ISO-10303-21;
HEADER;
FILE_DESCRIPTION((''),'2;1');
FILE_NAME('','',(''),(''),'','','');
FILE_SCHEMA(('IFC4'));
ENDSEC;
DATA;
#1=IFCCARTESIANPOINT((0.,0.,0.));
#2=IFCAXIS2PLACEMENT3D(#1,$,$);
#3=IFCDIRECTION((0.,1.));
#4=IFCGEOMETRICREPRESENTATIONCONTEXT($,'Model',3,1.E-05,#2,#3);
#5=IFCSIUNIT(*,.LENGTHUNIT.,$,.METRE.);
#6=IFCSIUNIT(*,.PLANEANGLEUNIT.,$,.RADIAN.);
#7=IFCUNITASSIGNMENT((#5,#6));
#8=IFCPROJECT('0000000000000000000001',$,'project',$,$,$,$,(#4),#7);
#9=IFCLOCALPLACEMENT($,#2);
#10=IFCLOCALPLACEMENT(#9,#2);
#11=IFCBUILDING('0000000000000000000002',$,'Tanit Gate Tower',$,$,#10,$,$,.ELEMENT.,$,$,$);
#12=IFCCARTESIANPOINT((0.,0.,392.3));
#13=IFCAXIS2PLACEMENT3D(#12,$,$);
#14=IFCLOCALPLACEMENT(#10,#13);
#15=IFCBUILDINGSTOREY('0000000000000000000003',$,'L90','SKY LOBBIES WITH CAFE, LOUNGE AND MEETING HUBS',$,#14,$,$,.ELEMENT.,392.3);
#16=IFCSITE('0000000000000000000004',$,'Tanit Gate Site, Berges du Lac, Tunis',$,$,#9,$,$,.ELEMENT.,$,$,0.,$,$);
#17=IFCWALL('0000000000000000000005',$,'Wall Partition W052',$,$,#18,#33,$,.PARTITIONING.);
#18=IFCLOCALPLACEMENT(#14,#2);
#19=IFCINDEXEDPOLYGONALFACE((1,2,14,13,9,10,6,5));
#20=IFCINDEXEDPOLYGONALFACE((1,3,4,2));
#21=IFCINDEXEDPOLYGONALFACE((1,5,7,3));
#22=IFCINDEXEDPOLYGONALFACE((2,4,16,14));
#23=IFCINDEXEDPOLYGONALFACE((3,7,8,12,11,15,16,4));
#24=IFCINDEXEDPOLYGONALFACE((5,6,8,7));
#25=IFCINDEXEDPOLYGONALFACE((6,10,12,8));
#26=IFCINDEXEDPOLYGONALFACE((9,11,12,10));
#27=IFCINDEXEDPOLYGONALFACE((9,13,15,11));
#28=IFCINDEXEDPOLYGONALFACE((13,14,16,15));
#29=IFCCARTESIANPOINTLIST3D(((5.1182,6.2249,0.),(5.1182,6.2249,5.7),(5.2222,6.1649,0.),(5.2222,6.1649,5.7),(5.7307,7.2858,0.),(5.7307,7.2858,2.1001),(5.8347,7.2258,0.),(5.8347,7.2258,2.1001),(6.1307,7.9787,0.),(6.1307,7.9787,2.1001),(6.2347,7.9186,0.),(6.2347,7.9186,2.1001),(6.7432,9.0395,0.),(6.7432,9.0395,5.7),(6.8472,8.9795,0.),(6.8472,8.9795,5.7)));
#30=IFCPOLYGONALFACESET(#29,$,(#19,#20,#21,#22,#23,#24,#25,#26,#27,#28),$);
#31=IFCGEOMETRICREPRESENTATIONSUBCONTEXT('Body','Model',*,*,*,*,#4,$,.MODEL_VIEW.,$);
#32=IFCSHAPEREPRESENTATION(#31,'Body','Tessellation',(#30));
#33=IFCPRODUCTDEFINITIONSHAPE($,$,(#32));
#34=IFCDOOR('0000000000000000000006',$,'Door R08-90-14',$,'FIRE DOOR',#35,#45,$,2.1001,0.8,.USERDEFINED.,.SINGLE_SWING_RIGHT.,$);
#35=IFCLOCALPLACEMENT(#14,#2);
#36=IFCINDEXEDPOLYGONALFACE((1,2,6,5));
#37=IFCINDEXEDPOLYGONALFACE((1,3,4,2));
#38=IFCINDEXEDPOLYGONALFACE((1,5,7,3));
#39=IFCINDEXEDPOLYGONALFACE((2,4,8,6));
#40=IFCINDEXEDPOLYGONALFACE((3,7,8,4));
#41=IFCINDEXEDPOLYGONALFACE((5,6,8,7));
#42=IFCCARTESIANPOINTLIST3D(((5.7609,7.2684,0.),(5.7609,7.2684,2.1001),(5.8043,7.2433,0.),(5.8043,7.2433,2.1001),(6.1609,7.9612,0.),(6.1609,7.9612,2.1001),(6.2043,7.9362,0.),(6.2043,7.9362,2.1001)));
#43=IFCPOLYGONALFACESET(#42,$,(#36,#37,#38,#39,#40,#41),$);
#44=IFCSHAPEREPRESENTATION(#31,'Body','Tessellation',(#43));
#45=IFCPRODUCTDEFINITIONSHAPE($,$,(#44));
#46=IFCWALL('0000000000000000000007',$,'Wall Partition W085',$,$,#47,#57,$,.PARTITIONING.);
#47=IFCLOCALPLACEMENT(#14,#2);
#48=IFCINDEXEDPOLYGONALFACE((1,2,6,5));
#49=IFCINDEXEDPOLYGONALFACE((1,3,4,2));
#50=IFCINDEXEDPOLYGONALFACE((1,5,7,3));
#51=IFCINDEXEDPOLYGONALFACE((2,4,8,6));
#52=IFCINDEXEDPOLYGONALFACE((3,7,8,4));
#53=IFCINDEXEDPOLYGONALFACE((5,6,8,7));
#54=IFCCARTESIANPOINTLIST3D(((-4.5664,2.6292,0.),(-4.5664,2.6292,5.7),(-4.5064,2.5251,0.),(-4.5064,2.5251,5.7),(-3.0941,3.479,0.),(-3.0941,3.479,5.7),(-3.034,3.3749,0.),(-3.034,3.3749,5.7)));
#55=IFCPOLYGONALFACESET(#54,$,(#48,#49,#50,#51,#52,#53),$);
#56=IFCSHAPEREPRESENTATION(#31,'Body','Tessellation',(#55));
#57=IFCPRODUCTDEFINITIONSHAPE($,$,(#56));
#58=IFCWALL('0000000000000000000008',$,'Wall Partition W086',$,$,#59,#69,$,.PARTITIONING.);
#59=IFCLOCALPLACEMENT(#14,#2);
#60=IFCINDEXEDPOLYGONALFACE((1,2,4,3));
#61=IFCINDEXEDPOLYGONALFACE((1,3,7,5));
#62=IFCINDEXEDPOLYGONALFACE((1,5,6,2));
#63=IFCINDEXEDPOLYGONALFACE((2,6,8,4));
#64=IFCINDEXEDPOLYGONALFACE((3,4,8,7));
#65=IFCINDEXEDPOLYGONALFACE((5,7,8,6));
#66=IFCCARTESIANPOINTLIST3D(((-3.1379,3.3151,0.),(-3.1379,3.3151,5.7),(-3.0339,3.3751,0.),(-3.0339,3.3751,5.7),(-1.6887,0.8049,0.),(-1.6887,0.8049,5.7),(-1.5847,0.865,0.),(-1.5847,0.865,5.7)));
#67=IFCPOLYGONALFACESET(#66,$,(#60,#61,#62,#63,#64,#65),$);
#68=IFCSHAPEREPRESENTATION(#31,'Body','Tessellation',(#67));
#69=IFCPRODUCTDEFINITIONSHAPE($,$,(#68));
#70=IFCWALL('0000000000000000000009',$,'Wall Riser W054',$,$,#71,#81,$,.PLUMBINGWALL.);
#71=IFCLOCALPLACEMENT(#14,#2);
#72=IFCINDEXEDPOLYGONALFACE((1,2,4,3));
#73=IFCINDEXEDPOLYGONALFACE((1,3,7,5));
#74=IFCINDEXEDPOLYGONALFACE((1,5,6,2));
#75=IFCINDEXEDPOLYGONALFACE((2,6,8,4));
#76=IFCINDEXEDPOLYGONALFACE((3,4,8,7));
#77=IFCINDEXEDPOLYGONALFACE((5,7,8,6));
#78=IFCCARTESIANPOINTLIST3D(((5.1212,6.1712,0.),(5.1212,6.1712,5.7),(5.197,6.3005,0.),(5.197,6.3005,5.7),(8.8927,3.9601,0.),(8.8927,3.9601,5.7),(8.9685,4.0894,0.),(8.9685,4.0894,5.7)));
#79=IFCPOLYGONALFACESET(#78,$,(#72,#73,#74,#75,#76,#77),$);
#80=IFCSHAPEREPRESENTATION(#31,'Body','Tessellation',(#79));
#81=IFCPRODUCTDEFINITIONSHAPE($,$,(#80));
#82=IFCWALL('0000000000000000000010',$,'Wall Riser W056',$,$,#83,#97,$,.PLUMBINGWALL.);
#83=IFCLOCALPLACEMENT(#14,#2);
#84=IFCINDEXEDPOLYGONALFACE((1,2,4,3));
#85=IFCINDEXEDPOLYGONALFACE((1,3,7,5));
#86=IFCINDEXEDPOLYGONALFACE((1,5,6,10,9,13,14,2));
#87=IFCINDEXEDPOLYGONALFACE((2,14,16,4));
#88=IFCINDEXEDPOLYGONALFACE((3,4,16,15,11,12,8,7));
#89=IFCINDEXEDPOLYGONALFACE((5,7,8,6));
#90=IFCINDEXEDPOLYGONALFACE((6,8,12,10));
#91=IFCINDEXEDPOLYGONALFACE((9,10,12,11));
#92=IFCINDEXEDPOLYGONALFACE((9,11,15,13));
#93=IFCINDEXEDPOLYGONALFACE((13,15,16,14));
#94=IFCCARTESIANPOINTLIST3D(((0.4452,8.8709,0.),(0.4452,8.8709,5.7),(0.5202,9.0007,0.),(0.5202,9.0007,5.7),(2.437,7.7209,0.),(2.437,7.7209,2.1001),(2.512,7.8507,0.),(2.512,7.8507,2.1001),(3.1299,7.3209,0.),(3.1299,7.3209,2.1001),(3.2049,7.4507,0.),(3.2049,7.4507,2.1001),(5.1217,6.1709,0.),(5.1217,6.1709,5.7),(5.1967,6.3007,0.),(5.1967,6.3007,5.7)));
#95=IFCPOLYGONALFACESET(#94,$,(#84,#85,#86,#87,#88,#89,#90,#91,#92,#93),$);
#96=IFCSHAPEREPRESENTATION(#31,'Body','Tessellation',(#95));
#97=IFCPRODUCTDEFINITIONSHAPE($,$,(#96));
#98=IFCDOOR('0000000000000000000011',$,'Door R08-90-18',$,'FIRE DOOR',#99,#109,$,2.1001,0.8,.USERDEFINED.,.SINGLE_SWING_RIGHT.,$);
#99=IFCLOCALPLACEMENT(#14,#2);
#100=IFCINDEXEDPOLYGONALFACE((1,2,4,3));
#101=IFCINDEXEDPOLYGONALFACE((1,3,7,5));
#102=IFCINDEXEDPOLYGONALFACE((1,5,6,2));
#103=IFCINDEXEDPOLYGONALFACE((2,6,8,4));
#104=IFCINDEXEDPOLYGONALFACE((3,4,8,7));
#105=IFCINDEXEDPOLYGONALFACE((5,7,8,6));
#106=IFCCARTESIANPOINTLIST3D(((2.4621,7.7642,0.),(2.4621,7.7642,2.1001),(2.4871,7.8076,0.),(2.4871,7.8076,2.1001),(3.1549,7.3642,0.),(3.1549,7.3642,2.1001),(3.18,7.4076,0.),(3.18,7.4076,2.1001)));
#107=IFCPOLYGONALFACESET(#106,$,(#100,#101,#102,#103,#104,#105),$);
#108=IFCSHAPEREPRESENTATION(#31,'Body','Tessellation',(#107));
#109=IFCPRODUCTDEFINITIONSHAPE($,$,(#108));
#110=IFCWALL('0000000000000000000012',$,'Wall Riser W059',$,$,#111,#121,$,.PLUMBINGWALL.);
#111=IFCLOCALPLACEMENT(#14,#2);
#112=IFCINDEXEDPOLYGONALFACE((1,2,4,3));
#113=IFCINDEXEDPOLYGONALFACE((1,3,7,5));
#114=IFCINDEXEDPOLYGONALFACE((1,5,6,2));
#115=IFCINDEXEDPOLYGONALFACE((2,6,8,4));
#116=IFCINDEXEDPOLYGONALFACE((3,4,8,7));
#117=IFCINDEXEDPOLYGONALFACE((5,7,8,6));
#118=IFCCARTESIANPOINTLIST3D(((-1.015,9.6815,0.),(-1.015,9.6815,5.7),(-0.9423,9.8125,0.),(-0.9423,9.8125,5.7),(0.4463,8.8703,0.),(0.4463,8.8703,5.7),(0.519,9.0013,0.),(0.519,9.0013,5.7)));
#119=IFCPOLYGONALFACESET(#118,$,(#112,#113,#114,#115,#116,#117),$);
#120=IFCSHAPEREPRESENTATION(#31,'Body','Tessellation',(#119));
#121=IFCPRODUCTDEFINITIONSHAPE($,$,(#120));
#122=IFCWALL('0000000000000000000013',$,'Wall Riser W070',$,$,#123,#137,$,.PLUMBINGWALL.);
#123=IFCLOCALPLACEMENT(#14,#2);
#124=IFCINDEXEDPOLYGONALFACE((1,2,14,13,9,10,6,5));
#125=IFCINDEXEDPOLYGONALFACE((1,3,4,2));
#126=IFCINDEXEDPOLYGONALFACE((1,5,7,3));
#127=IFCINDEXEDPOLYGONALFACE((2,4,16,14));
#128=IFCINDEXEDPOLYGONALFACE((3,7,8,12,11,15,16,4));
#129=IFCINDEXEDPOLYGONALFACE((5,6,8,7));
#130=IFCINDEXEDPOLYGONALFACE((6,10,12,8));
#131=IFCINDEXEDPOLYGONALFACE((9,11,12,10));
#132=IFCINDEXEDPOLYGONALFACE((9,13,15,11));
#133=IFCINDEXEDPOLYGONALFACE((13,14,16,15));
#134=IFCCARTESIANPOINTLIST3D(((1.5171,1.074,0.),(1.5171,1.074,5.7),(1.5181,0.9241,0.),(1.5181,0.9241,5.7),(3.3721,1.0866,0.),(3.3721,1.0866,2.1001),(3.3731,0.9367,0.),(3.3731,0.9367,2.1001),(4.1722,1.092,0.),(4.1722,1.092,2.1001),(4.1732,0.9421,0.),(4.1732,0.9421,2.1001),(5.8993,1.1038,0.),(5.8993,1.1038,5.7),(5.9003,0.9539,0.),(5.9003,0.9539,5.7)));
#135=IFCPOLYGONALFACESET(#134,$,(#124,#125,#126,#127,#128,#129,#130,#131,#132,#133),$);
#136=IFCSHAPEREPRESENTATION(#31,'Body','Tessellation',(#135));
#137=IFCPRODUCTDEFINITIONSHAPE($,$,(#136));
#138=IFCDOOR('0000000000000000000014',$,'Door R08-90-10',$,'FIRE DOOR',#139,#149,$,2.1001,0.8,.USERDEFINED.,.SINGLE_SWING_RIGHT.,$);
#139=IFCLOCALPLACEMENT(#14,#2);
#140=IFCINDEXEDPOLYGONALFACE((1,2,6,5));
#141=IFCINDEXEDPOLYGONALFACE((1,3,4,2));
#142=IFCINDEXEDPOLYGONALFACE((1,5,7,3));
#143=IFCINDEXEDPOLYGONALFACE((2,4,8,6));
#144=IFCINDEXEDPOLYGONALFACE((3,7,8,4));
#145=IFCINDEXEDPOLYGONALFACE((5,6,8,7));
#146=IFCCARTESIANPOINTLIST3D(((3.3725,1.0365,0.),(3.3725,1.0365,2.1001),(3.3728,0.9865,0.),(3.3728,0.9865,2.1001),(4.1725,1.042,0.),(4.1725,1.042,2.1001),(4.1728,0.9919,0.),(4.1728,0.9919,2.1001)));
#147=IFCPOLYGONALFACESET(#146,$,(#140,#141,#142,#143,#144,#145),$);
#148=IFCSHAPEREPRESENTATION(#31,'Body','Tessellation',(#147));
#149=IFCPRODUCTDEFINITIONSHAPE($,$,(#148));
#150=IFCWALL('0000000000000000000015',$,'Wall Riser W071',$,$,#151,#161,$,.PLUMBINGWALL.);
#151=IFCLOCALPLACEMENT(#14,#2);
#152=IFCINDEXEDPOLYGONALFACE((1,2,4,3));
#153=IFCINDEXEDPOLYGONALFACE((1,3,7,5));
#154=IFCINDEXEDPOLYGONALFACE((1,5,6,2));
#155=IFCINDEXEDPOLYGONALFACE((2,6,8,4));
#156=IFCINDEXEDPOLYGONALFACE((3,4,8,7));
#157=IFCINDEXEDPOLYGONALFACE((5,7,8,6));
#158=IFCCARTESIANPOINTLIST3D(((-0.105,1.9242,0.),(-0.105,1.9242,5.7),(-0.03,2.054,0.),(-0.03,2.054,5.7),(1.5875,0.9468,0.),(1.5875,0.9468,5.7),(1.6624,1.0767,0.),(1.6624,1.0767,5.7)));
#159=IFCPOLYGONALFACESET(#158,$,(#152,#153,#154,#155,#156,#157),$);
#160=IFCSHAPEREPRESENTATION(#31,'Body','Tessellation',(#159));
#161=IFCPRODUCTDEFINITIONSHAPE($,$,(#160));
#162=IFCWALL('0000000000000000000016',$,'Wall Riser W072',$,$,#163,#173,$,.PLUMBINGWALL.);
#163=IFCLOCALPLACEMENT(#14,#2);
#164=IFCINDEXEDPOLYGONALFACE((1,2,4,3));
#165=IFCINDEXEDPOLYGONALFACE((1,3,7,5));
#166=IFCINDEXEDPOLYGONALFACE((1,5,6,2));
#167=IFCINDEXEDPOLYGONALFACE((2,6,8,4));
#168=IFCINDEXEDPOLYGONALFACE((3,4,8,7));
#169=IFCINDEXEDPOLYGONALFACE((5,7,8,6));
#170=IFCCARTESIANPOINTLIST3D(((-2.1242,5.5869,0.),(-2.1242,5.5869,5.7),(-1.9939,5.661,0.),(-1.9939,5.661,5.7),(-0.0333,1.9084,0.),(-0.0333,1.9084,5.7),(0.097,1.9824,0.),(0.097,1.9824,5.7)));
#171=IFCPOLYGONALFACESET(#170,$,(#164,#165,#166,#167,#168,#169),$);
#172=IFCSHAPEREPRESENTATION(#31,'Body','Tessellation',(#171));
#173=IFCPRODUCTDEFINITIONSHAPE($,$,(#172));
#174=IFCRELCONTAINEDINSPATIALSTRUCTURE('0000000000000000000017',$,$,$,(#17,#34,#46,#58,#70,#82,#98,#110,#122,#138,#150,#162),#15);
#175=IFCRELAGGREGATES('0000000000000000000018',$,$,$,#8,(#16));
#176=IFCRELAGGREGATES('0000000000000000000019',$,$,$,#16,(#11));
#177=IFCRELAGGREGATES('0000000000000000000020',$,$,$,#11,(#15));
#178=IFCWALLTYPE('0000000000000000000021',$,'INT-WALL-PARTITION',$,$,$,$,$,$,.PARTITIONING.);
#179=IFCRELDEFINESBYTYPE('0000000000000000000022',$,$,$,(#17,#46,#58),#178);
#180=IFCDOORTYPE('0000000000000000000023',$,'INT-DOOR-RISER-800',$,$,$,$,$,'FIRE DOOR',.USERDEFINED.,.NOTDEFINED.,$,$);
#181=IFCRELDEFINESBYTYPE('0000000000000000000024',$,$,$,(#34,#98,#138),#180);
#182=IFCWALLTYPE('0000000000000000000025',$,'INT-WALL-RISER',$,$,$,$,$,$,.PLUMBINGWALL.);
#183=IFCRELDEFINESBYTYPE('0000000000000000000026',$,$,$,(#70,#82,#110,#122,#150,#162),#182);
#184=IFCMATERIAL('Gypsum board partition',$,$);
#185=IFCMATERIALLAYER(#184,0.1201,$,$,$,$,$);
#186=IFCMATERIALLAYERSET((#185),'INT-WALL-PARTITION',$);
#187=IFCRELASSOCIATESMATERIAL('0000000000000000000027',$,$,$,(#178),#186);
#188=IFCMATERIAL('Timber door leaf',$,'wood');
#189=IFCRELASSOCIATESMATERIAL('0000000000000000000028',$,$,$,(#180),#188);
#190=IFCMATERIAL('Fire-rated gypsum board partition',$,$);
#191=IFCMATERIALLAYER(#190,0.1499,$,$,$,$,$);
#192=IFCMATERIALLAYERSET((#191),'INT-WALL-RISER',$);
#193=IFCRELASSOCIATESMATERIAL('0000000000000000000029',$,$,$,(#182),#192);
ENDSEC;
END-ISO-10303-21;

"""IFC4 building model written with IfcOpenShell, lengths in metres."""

from ifc_helpers import new_model, si_unit, direction, frame, frame_2d, origin, place, context, subcontext, project, spatial, rectangle, extrude, material, layer, layer_set, type_object, element, fill, save


model = new_model("IFC4")

# Units and contexts
model_context = context("Model", 3, precision=1e-05, world=origin(), true_north=direction((0.0, 1.0)))
body_context = subcontext(model_context, "Body", "Model", "MODEL_VIEW")
ifc_project = project(units=[si_unit("LENGTHUNIT", "METRE"), si_unit("PLANEANGLEUNIT", "RADIAN")], contexts=[model_context])

# Site, building, storey
site_placement = place(None, origin())
site = spatial("IfcSite", under=ifc_project, at=site_placement, Name="Tanit Gate Site, Berges du Lac, Tunis", CompositionType="ELEMENT", RefElevation=0.0)
building_placement = place(site_placement, origin())
building = spatial("IfcBuilding", under=site, at=building_placement, Name="Tanit Gate Tower", CompositionType="ELEMENT")
storey_placement = place(building_placement, frame((0.0, 0.0, 392.3)))
storey = spatial("IfcBuildingStorey", under=building, at=storey_placement, Name="L90", Description="SKY LOBBIES WITH CAFE, LOUNGE AND MEETING HUBS", CompositionType="ELEMENT", Elevation=392.3)

# Wall, opening, door
ifc_material_1 = material(Name="Gypsum board partition")
ifc_layer_1 = layer(ifc_material_1, 0.1201)
ifc_layer_set_1 = layer_set([ifc_layer_1], Name="INT-WALL-PARTITION")
wall_type_1 = type_object("IfcWallType", Name="INT-WALL-PARTITION", PredefinedType="PARTITIONING", material=ifc_layer_set_1)
wall_1_placement = place(storey_placement, frame((6.7952, 9.0095, 0.0), z_axis=(0.0, 0.0, 1.0), x_axis=(-0.499985, -0.866034, 0.0)))
wall_1 = element("IfcWall", 1, at=wall_1_placement, inside=storey, type_object=wall_type_1, Name="Wall Partition W052", PredefinedType="PARTITIONING", context=body_context, shape_type="SweptSolid", body=[
    extrude(rectangle(XDim=3.25, YDim=0.1201, at=frame_2d((1.625, 0.0))), origin(), (0.0, 0.0, 1.0), 5.7),
])
opening_1_placement = place(wall_1_placement, frame((1.2251, 0.0, 0.0)))
opening_1 = element("IfcOpeningElement", 2, at=opening_1_placement, cuts=wall_1, PredefinedType="OPENING", context=body_context, shape_type="SweptSolid", body=[
    extrude(rectangle(XDim=0.8, YDim=2.1001, at=frame_2d((0.3999, 1.05))), frame((0.0, 0.0701, 0.0), z_axis=(0.0, -1.0, 0.0), x_axis=(1.0, 0.0, 0.0)), (0.0, 0.0, 1.0), 0.1401),
])
ifc_material_2 = material(Name="Timber door leaf", Category="wood")
door_type_1 = type_object("IfcDoorType", Name="INT-DOOR-RISER-800", ElementType="FIRE DOOR", OperationType="NOTDEFINED", PredefinedType="USERDEFINED", material=ifc_material_2)
door_1_placement = place(opening_1_placement, origin())
door_1 = element("IfcDoor", 3, at=door_1_placement, inside=storey, type_object=door_type_1, Name="Door R08-90-14", ObjectType="FIRE DOOR", OperationType="SINGLE_SWING_RIGHT", OverallHeight=2.1001, OverallWidth=0.8, PredefinedType="USERDEFINED", context=body_context, shape_type="SweptSolid", body=[
    extrude(rectangle(XDim=0.8, YDim=2.1001, at=frame_2d((0.3999, 1.05))), frame((0.0, 0.0249, 0.0), z_axis=(0.0, -1.0, 0.0), x_axis=(1.0, 0.0, 0.0)), (0.0, 0.0, 1.0), 0.05),
])
fill(opening_1, door_1)

# Walls
wall_2_placement = place(storey_placement, frame((-3.064, 3.427, 0.0), z_axis=(0.0, 0.0, 1.0), x_axis=(-0.866088, -0.499892, 0.0)))
element("IfcWall", 4, at=wall_2_placement, inside=storey, type_object=wall_type_1, Name="Wall Partition W085", PredefinedType="PARTITIONING", context=body_context, shape_type="SweptSolid", body=[
    extrude(rectangle(XDim=1.7, YDim=0.1201, at=frame_2d((0.8501, 0.0))), origin(), (0.0, 0.0, 1.0), 5.7),
])
wall_3_placement = place(storey_placement, frame((-1.6367, 0.835, 0.0), z_axis=(0.0, 0.0, 1.0), x_axis=(-0.49998, 0.866037, 0.0)))
element("IfcWall", 5, at=wall_3_placement, inside=storey, type_object=wall_type_1, Name="Wall Partition W086", PredefinedType="PARTITIONING", context=body_context, shape_type="SweptSolid", body=[
    extrude(rectangle(XDim=2.8984, YDim=0.1201, at=frame_2d((1.4492, 0.0))), origin(), (0.0, 0.0, 1.0), 5.7),
])
ifc_material_3 = material(Name="Fire-rated gypsum board partition")
ifc_layer_2 = layer(ifc_material_3, 0.1499)
ifc_layer_set_2 = layer_set([ifc_layer_2], Name="INT-WALL-RISER")
wall_type_2 = type_object("IfcWallType", Name="INT-WALL-RISER", PredefinedType="PLUMBINGWALL", material=ifc_layer_set_2)
wall_4_placement = place(storey_placement, frame((8.9307, 4.0247, 0.0), z_axis=(0.0, 0.0, 1.0), x_axis=(-0.862667, 0.505773, 0.0)))
element("IfcWall", 6, at=wall_4_placement, inside=storey, type_object=wall_type_2, Name="Wall Riser W054", PredefinedType="PLUMBINGWALL", context=body_context, shape_type="SweptSolid", body=[
    extrude(rectangle(XDim=4.3718, YDim=0.1499, at=frame_2d((2.186, 0.0))), origin(), (0.0, 0.0, 1.0), 5.7),
])

# Wall, opening, door
wall_5_placement = place(storey_placement, frame((5.1592, 6.2358, 0.0), z_axis=(0.0, 0.0, 1.0), x_axis=(-0.866028, 0.499995, 0.0)))
wall_5 = element("IfcWall", 7, at=wall_5_placement, inside=storey, type_object=wall_type_2, Name="Wall Riser W056", PredefinedType="PLUMBINGWALL", context=body_context, shape_type="SweptSolid", body=[
    extrude(rectangle(XDim=5.3999, YDim=0.1499, at=frame_2d((2.7, 0.0))), origin(), (0.0, 0.0, 1.0), 5.7),
])
opening_2_placement = place(wall_5_placement, frame((2.3, 0.0, 0.0)))
opening_2 = element("IfcOpeningElement", 8, at=opening_2_placement, cuts=wall_5, PredefinedType="OPENING", context=body_context, shape_type="SweptSolid", body=[
    extrude(rectangle(XDim=0.8, YDim=2.1001, at=frame_2d((0.3999, 1.05))), frame((0.0, 0.085, 0.0), z_axis=(0.0, -1.0, 0.0), x_axis=(1.0, 0.0, 0.0)), (0.0, 0.0, 1.0), 0.1699),
])
door_2_placement = place(opening_2_placement, origin())
door_2 = element("IfcDoor", 9, at=door_2_placement, inside=storey, type_object=door_type_1, Name="Door R08-90-18", ObjectType="FIRE DOOR", OperationType="SINGLE_SWING_RIGHT", OverallHeight=2.1001, OverallWidth=0.8, PredefinedType="USERDEFINED", context=body_context, shape_type="SweptSolid", body=[
    extrude(rectangle(XDim=0.8, YDim=2.1001, at=frame_2d((0.3999, 1.05))), frame((0.0, 0.0249, 0.0), z_axis=(0.0, -1.0, 0.0), x_axis=(1.0, 0.0, 0.0)), (0.0, 0.0, 1.0), 0.05),
])
fill(opening_2, door_2)

# Wall
wall_6_placement = place(storey_placement, frame((0.4827, 8.9358, 0.0), z_axis=(0.0, 0.0, 1.0), x_axis=(-0.874316, 0.485358, 0.0)))
element("IfcWall", 10, at=wall_6_placement, inside=storey, type_object=wall_type_2, Name="Wall Riser W059", PredefinedType="PLUMBINGWALL", context=body_context, shape_type="SweptSolid", body=[
    extrude(rectangle(XDim=1.6714, YDim=0.1499, at=frame_2d((0.8357, 0.0))), origin(), (0.0, 0.0, 1.0), 5.7),
])

# Wall, opening, door
wall_7_placement = place(storey_placement, frame((1.5176, 0.999, 0.0), z_axis=(0.0, 0.0, 1.0), x_axis=(0.999977, 0.006797, 0.0)))
wall_7 = element("IfcWall", 11, at=wall_7_placement, inside=storey, type_object=wall_type_2, Name="Wall Riser W070", PredefinedType="PLUMBINGWALL", context=body_context, shape_type="SweptSolid", body=[
    extrude(rectangle(XDim=4.3823, YDim=0.1499, at=frame_2d((2.1912, 0.0))), origin(), (0.0, 0.0, 1.0), 5.7),
])
opening_3_placement = place(wall_7_placement, frame((1.8552, 0.0, 0.0)))
opening_3 = element("IfcOpeningElement", 12, at=opening_3_placement, cuts=wall_7, PredefinedType="OPENING", context=body_context, shape_type="SweptSolid", body=[
    extrude(rectangle(XDim=0.8, YDim=2.1001, at=frame_2d((0.3999, 1.05))), frame((0.0, 0.085, 0.0), z_axis=(0.0, -1.0, 0.0), x_axis=(1.0, 0.0, 0.0)), (0.0, 0.0, 1.0), 0.1699),
])
door_3_placement = place(opening_3_placement, origin())
door_3 = element("IfcDoor", 13, at=door_3_placement, inside=storey, type_object=door_type_1, Name="Door R08-90-10", ObjectType="FIRE DOOR", OperationType="SINGLE_SWING_RIGHT", OverallHeight=2.1001, OverallWidth=0.8, PredefinedType="USERDEFINED", context=body_context, shape_type="SweptSolid", body=[
    extrude(rectangle(XDim=0.8, YDim=2.1001, at=frame_2d((0.3999, 1.05))), frame((0.0, 0.0249, 0.0), z_axis=(0.0, -1.0, 0.0), x_axis=(1.0, 0.0, 0.0)), (0.0, 0.0, 1.0), 0.05),
])
fill(opening_3, door_3)

# Walls
wall_8_placement = place(storey_placement, frame((-0.0674, 1.989, 0.0), z_axis=(0.0, 0.0, 1.0), x_axis=(0.865982, -0.500076, 0.0)))
element("IfcWall", 14, at=wall_8_placement, inside=storey, type_object=wall_type_2, Name="Wall Riser W071", PredefinedType="PLUMBINGWALL", context=body_context, shape_type="SweptSolid", body=[
    extrude(rectangle(XDim=1.9543, YDim=0.1499, at=frame_2d((0.9771, 0.0))), origin(), (0.0, 0.0, 1.0), 5.7),
])
wall_9_placement = place(storey_placement, frame((-2.0591, 5.624, 0.0), z_axis=(0.0, 0.0, 1.0), x_axis=(0.494149, -0.869377, 0.0)))
element("IfcWall", 15, at=wall_9_placement, inside=storey, type_object=wall_type_2, Name="Wall Riser W072", PredefinedType="PLUMBINGWALL", context=body_context, shape_type="SweptSolid", body=[
    extrude(rectangle(XDim=4.2312, YDim=0.1499, at=frame_2d((2.1157, 0.0))), origin(), (0.0, 0.0, 1.0), 5.7),
])

save(model, "model.ifc")
